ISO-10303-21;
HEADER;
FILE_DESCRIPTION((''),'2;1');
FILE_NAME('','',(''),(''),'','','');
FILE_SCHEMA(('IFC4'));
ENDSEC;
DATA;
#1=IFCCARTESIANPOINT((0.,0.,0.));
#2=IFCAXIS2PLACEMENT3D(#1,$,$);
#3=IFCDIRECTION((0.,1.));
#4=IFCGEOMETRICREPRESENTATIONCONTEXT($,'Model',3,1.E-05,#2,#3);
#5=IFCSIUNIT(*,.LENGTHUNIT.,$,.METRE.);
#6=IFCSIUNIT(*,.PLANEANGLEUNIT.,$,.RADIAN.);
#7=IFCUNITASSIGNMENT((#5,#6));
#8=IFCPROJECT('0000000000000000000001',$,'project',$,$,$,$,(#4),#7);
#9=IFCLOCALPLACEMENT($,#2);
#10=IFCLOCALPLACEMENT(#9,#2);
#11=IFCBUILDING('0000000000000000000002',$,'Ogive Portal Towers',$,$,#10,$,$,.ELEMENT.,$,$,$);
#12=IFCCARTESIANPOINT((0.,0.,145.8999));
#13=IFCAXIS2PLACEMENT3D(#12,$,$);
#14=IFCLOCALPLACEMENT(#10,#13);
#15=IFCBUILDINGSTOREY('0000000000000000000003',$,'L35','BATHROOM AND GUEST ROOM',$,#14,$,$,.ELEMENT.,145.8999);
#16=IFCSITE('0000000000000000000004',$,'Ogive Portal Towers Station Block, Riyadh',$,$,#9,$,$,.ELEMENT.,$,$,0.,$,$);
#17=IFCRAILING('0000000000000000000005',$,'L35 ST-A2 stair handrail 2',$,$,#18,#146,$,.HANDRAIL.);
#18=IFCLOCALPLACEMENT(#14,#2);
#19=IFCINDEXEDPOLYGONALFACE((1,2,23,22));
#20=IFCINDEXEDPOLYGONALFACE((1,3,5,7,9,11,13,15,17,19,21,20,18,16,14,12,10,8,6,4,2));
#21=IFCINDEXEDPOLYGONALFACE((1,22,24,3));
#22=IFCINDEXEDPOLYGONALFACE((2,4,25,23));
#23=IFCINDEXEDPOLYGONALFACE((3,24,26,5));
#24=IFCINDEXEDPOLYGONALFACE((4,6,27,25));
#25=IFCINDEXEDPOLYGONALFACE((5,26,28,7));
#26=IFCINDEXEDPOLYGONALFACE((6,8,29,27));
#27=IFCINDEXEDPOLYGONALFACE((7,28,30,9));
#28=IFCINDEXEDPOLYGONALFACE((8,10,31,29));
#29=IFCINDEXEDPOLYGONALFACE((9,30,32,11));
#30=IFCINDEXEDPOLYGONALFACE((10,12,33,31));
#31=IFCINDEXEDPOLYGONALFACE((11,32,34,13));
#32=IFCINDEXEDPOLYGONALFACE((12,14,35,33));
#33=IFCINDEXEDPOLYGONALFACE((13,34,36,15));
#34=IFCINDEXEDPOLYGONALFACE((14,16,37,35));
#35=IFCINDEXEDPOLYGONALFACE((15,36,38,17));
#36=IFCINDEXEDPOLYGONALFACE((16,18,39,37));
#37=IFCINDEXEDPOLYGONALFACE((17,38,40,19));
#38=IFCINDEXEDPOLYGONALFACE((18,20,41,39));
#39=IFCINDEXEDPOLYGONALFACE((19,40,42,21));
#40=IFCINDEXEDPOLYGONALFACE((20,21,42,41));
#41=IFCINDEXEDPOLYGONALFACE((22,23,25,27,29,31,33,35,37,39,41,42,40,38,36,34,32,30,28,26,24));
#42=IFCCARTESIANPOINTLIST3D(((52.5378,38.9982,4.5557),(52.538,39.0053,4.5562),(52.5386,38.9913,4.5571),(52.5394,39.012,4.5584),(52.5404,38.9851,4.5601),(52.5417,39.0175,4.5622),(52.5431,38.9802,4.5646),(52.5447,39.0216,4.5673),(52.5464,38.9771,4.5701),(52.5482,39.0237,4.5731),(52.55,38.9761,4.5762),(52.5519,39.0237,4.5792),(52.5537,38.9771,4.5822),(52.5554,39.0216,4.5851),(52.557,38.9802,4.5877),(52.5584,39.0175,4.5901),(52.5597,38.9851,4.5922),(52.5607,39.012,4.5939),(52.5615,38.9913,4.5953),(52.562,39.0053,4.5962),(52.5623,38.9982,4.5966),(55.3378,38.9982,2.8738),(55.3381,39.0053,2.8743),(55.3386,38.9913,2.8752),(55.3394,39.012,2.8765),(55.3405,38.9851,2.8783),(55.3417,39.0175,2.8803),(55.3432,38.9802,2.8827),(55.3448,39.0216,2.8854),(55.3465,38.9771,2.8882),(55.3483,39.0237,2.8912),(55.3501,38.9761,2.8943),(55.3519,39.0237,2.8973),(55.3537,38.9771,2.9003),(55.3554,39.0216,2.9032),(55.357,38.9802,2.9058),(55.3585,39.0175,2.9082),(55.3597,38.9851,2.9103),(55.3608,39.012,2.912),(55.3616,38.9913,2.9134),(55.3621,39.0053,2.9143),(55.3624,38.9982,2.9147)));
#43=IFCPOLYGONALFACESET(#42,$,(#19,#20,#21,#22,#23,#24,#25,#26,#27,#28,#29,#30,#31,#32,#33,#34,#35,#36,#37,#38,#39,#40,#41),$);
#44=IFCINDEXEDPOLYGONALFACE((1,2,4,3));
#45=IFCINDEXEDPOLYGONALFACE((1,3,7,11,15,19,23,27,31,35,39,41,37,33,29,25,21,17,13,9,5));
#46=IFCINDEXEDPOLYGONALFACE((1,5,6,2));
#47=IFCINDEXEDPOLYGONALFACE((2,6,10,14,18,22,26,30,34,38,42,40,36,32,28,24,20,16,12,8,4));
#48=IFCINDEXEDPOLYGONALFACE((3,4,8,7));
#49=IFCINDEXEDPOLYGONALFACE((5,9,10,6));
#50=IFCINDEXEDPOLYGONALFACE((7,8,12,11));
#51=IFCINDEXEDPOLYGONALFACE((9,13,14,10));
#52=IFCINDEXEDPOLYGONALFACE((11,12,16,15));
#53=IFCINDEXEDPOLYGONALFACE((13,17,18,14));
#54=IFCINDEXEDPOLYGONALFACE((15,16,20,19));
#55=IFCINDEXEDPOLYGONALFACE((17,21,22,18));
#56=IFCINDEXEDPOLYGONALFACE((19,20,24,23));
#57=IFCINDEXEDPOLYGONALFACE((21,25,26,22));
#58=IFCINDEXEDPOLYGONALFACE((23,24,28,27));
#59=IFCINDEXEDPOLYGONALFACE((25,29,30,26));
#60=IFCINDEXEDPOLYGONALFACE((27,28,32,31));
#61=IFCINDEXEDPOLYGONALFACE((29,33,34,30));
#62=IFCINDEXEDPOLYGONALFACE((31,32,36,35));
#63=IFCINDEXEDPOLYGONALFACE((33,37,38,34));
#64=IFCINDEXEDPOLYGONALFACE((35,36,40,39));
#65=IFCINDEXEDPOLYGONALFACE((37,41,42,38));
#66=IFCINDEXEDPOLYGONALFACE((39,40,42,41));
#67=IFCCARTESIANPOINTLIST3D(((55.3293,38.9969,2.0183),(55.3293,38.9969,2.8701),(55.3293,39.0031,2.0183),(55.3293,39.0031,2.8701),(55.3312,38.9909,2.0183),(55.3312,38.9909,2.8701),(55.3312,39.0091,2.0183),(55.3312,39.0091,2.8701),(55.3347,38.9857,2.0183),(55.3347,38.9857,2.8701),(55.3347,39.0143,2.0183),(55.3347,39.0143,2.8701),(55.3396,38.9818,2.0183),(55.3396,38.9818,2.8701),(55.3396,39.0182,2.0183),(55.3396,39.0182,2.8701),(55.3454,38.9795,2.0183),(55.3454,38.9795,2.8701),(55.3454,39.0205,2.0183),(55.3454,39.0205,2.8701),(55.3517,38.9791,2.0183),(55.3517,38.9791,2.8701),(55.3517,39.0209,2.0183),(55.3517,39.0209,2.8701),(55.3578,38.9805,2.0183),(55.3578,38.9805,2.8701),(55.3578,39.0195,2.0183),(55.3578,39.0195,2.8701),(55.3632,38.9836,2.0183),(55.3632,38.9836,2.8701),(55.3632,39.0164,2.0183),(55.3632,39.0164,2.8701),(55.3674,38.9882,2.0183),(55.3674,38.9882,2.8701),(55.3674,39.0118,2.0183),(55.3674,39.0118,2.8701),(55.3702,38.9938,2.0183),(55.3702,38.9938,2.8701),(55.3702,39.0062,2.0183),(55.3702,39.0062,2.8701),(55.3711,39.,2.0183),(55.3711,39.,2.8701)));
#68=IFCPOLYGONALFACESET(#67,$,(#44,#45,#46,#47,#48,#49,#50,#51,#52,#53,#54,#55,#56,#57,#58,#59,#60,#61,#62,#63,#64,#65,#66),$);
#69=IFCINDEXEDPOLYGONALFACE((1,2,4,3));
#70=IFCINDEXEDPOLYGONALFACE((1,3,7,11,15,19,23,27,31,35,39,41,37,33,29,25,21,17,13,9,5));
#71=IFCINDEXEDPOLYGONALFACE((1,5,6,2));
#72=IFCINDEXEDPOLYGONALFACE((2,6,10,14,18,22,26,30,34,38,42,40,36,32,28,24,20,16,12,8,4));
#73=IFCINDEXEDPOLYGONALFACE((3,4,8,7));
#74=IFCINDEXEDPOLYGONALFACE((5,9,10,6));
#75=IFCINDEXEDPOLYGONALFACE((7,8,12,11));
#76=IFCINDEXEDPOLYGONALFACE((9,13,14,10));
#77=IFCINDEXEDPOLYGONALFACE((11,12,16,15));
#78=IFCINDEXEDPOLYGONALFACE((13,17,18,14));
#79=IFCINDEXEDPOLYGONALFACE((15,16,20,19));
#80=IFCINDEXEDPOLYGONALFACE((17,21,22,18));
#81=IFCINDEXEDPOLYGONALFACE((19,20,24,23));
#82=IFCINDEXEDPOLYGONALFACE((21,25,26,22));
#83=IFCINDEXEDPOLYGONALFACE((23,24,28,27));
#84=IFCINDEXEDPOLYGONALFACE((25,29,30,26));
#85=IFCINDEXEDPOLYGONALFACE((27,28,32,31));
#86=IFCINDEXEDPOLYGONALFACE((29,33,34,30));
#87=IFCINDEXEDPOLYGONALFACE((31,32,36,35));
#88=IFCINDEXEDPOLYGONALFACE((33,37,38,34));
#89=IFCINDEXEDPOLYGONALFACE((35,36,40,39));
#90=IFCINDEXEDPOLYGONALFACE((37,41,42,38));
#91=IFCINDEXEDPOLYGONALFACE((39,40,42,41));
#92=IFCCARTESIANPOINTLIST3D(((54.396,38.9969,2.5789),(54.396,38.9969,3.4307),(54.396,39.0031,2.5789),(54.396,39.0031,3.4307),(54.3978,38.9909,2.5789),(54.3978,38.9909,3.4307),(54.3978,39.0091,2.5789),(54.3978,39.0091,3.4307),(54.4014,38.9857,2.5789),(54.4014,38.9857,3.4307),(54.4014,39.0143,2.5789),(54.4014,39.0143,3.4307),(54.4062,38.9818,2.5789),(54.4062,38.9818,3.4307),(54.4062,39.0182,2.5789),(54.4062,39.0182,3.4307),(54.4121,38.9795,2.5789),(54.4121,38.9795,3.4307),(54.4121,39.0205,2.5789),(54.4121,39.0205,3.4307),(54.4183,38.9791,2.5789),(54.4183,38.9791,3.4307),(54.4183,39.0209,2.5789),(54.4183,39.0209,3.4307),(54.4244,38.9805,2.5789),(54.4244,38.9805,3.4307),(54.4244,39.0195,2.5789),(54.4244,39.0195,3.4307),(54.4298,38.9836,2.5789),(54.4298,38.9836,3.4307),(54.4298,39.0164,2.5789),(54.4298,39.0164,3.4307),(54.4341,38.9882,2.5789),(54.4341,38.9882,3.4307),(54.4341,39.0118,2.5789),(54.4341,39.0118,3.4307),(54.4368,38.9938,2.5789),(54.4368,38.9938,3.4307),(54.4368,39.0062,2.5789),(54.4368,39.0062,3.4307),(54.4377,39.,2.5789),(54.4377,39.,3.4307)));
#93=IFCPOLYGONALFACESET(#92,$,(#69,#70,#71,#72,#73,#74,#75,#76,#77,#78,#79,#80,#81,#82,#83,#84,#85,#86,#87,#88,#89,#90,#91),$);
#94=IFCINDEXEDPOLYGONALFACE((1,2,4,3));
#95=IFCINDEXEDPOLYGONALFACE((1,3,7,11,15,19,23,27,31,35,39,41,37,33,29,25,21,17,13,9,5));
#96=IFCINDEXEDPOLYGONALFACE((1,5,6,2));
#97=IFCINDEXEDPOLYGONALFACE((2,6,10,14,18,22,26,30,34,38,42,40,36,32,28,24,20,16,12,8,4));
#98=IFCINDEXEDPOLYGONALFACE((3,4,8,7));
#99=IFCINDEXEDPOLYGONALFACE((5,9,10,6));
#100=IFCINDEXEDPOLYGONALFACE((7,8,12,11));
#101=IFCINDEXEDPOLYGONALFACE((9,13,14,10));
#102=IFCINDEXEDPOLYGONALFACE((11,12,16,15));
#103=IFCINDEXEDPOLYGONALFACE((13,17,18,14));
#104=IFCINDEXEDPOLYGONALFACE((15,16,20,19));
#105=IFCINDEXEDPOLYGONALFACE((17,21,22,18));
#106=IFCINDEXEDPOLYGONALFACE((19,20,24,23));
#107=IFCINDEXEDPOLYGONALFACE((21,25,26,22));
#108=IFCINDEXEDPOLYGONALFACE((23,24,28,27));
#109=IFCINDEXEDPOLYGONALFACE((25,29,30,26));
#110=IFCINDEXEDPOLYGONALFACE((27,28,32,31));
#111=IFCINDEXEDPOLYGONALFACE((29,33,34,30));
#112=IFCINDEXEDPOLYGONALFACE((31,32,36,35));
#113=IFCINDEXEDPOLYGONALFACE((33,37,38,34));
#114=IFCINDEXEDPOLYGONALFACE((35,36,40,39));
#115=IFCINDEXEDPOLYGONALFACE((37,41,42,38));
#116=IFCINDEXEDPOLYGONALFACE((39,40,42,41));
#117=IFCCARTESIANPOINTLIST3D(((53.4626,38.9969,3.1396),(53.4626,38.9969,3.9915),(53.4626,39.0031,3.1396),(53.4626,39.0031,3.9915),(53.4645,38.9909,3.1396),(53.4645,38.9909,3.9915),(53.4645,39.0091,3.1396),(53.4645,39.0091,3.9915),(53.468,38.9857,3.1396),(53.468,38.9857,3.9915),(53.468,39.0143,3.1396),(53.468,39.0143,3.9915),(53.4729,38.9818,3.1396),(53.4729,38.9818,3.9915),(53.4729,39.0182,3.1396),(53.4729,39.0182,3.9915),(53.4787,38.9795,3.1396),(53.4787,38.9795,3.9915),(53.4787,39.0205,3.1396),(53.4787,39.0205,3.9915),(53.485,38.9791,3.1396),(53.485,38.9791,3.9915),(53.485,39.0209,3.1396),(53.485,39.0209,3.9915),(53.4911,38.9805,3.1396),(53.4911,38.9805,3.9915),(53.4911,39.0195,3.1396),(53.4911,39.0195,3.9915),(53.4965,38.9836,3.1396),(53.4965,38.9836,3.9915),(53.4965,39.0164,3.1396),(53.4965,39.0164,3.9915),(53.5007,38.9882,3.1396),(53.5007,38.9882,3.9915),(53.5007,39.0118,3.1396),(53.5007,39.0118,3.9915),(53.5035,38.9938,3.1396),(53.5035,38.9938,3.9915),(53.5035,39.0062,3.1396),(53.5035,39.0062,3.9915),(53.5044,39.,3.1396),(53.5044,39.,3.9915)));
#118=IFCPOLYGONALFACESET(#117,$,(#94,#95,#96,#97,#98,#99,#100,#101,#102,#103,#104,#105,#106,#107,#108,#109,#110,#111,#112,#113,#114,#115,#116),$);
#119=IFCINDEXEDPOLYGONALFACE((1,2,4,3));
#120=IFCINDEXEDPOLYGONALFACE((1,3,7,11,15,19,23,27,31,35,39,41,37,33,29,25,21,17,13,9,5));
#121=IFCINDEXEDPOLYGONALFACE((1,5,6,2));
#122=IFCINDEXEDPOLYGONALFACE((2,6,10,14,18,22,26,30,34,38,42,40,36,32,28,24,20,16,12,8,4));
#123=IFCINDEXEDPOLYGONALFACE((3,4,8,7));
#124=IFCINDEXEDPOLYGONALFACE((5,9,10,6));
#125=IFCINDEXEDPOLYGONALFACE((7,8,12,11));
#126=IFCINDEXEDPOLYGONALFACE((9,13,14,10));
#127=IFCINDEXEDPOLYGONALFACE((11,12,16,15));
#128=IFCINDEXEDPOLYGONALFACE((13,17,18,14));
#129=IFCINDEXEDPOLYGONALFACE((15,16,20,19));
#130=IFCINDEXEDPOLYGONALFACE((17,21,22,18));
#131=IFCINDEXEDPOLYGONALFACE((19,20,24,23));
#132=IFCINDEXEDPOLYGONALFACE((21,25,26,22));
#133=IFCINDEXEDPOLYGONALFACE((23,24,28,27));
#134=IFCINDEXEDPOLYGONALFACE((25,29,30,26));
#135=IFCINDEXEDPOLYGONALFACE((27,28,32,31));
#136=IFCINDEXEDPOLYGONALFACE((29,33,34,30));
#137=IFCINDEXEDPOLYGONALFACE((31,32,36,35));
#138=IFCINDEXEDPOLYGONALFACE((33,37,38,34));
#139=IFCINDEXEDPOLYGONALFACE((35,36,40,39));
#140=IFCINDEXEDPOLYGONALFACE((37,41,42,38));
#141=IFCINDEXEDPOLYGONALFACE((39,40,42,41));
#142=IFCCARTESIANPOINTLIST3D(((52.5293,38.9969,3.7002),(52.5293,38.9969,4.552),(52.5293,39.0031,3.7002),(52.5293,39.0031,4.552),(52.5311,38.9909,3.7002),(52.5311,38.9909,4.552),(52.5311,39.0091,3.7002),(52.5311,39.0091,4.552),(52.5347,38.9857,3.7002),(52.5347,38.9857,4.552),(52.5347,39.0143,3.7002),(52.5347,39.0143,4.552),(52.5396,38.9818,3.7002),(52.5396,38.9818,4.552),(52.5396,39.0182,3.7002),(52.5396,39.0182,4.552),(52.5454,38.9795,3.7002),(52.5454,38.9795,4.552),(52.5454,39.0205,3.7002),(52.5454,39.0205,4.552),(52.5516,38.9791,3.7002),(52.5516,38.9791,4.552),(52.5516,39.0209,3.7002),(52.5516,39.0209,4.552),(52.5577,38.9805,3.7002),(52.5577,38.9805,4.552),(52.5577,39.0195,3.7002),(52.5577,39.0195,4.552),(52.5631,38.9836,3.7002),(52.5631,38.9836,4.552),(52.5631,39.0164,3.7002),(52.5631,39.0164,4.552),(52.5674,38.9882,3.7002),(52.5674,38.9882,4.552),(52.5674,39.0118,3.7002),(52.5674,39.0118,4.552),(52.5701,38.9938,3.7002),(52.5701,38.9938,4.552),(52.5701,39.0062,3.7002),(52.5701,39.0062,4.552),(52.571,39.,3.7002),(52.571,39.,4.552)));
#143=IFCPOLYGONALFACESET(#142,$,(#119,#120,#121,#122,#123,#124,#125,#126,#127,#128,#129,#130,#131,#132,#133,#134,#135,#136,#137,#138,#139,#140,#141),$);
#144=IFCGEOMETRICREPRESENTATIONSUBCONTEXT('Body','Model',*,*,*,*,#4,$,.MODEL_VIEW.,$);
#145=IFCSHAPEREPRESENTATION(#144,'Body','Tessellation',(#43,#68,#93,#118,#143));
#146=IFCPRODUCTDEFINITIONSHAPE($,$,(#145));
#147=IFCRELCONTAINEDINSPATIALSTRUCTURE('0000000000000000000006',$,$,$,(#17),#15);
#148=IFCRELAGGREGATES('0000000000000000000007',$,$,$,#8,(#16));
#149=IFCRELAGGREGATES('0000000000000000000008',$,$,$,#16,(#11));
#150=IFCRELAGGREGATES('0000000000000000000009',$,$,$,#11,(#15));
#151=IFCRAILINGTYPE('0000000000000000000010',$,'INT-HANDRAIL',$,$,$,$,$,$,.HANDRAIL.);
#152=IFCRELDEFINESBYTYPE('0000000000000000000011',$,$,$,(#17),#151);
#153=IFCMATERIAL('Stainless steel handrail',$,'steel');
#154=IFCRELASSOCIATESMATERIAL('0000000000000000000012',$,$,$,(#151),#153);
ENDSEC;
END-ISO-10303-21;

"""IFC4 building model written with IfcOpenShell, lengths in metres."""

from ifc_helpers import new_model, si_unit, direction, frame, origin, origin_2d, place, context, subcontext, project, spatial, circle, extrude, material, type_object, element, save


model = new_model("IFC4")

# Units and contexts
model_context = context("Model", 3, precision=1e-05, world=origin(), true_north=direction((0.0, 1.0)))
body_context = subcontext(model_context, "Body", "Model", "MODEL_VIEW")
ifc_project = project(units=[si_unit("LENGTHUNIT", "METRE"), si_unit("PLANEANGLEUNIT", "RADIAN")], contexts=[model_context])

# Site, building, storey
site_placement = place(None, origin())
site = spatial("IfcSite", under=ifc_project, at=site_placement, Name="Ogive Portal Towers Station Block, Riyadh", CompositionType="ELEMENT", RefElevation=0.0)
building_placement = place(site_placement, origin())
building = spatial("IfcBuilding", under=site, at=building_placement, Name="Ogive Portal Towers", CompositionType="ELEMENT")
storey_placement = place(building_placement, frame((0.0, 0.0, 145.8999)))
storey = spatial("IfcBuildingStorey", under=building, at=storey_placement, Name="L35", Description="BATHROOM AND GUEST ROOM", CompositionType="ELEMENT", Elevation=145.8999)

# Railing
ifc_material_1 = material(Name="Stainless steel handrail", Category="steel")
railing_type_1 = type_object("IfcRailingType", Name="INT-HANDRAIL", PredefinedType="HANDRAIL", material=ifc_material_1)
railing_1_placement = place(storey_placement, frame((55.3501, 39.0, 2.0183)))
element("IfcRailing", 1, at=railing_1_placement, inside=storey, type_object=railing_type_1, Name="L35 ST-A2 stair handrail 2", PredefinedType="HANDRAIL", context=body_context, shape_type="SweptSolid", body=[
    extrude(circle(Radius=0.0239, at=origin_2d()), frame((0.0, 0.0, 0.876), z_axis=(-0.857242, 0.0, 0.514913), x_axis=(0.0, -1.0, 0.0)), (0.0, 0.0, 1.0), 3.2664),
    extrude(circle(Radius=0.021, at=origin_2d()), origin(), (0.0, 0.0, 1.0), 0.8518),
    extrude(circle(Radius=0.021, at=origin_2d()), frame((-0.9333, 0.0, 0.5605)), (0.0, 0.0, 1.0), 0.8518),
    extrude(circle(Radius=0.021, at=origin_2d()), frame((-1.8667, 0.0, 1.1213)), (0.0, 0.0, 1.0), 0.8518),
    extrude(circle(Radius=0.021, at=origin_2d()), frame((-2.8, 0.0, 1.6819)), (0.0, 0.0, 1.0), 0.8518),
])

save(model, "model.ifc")
